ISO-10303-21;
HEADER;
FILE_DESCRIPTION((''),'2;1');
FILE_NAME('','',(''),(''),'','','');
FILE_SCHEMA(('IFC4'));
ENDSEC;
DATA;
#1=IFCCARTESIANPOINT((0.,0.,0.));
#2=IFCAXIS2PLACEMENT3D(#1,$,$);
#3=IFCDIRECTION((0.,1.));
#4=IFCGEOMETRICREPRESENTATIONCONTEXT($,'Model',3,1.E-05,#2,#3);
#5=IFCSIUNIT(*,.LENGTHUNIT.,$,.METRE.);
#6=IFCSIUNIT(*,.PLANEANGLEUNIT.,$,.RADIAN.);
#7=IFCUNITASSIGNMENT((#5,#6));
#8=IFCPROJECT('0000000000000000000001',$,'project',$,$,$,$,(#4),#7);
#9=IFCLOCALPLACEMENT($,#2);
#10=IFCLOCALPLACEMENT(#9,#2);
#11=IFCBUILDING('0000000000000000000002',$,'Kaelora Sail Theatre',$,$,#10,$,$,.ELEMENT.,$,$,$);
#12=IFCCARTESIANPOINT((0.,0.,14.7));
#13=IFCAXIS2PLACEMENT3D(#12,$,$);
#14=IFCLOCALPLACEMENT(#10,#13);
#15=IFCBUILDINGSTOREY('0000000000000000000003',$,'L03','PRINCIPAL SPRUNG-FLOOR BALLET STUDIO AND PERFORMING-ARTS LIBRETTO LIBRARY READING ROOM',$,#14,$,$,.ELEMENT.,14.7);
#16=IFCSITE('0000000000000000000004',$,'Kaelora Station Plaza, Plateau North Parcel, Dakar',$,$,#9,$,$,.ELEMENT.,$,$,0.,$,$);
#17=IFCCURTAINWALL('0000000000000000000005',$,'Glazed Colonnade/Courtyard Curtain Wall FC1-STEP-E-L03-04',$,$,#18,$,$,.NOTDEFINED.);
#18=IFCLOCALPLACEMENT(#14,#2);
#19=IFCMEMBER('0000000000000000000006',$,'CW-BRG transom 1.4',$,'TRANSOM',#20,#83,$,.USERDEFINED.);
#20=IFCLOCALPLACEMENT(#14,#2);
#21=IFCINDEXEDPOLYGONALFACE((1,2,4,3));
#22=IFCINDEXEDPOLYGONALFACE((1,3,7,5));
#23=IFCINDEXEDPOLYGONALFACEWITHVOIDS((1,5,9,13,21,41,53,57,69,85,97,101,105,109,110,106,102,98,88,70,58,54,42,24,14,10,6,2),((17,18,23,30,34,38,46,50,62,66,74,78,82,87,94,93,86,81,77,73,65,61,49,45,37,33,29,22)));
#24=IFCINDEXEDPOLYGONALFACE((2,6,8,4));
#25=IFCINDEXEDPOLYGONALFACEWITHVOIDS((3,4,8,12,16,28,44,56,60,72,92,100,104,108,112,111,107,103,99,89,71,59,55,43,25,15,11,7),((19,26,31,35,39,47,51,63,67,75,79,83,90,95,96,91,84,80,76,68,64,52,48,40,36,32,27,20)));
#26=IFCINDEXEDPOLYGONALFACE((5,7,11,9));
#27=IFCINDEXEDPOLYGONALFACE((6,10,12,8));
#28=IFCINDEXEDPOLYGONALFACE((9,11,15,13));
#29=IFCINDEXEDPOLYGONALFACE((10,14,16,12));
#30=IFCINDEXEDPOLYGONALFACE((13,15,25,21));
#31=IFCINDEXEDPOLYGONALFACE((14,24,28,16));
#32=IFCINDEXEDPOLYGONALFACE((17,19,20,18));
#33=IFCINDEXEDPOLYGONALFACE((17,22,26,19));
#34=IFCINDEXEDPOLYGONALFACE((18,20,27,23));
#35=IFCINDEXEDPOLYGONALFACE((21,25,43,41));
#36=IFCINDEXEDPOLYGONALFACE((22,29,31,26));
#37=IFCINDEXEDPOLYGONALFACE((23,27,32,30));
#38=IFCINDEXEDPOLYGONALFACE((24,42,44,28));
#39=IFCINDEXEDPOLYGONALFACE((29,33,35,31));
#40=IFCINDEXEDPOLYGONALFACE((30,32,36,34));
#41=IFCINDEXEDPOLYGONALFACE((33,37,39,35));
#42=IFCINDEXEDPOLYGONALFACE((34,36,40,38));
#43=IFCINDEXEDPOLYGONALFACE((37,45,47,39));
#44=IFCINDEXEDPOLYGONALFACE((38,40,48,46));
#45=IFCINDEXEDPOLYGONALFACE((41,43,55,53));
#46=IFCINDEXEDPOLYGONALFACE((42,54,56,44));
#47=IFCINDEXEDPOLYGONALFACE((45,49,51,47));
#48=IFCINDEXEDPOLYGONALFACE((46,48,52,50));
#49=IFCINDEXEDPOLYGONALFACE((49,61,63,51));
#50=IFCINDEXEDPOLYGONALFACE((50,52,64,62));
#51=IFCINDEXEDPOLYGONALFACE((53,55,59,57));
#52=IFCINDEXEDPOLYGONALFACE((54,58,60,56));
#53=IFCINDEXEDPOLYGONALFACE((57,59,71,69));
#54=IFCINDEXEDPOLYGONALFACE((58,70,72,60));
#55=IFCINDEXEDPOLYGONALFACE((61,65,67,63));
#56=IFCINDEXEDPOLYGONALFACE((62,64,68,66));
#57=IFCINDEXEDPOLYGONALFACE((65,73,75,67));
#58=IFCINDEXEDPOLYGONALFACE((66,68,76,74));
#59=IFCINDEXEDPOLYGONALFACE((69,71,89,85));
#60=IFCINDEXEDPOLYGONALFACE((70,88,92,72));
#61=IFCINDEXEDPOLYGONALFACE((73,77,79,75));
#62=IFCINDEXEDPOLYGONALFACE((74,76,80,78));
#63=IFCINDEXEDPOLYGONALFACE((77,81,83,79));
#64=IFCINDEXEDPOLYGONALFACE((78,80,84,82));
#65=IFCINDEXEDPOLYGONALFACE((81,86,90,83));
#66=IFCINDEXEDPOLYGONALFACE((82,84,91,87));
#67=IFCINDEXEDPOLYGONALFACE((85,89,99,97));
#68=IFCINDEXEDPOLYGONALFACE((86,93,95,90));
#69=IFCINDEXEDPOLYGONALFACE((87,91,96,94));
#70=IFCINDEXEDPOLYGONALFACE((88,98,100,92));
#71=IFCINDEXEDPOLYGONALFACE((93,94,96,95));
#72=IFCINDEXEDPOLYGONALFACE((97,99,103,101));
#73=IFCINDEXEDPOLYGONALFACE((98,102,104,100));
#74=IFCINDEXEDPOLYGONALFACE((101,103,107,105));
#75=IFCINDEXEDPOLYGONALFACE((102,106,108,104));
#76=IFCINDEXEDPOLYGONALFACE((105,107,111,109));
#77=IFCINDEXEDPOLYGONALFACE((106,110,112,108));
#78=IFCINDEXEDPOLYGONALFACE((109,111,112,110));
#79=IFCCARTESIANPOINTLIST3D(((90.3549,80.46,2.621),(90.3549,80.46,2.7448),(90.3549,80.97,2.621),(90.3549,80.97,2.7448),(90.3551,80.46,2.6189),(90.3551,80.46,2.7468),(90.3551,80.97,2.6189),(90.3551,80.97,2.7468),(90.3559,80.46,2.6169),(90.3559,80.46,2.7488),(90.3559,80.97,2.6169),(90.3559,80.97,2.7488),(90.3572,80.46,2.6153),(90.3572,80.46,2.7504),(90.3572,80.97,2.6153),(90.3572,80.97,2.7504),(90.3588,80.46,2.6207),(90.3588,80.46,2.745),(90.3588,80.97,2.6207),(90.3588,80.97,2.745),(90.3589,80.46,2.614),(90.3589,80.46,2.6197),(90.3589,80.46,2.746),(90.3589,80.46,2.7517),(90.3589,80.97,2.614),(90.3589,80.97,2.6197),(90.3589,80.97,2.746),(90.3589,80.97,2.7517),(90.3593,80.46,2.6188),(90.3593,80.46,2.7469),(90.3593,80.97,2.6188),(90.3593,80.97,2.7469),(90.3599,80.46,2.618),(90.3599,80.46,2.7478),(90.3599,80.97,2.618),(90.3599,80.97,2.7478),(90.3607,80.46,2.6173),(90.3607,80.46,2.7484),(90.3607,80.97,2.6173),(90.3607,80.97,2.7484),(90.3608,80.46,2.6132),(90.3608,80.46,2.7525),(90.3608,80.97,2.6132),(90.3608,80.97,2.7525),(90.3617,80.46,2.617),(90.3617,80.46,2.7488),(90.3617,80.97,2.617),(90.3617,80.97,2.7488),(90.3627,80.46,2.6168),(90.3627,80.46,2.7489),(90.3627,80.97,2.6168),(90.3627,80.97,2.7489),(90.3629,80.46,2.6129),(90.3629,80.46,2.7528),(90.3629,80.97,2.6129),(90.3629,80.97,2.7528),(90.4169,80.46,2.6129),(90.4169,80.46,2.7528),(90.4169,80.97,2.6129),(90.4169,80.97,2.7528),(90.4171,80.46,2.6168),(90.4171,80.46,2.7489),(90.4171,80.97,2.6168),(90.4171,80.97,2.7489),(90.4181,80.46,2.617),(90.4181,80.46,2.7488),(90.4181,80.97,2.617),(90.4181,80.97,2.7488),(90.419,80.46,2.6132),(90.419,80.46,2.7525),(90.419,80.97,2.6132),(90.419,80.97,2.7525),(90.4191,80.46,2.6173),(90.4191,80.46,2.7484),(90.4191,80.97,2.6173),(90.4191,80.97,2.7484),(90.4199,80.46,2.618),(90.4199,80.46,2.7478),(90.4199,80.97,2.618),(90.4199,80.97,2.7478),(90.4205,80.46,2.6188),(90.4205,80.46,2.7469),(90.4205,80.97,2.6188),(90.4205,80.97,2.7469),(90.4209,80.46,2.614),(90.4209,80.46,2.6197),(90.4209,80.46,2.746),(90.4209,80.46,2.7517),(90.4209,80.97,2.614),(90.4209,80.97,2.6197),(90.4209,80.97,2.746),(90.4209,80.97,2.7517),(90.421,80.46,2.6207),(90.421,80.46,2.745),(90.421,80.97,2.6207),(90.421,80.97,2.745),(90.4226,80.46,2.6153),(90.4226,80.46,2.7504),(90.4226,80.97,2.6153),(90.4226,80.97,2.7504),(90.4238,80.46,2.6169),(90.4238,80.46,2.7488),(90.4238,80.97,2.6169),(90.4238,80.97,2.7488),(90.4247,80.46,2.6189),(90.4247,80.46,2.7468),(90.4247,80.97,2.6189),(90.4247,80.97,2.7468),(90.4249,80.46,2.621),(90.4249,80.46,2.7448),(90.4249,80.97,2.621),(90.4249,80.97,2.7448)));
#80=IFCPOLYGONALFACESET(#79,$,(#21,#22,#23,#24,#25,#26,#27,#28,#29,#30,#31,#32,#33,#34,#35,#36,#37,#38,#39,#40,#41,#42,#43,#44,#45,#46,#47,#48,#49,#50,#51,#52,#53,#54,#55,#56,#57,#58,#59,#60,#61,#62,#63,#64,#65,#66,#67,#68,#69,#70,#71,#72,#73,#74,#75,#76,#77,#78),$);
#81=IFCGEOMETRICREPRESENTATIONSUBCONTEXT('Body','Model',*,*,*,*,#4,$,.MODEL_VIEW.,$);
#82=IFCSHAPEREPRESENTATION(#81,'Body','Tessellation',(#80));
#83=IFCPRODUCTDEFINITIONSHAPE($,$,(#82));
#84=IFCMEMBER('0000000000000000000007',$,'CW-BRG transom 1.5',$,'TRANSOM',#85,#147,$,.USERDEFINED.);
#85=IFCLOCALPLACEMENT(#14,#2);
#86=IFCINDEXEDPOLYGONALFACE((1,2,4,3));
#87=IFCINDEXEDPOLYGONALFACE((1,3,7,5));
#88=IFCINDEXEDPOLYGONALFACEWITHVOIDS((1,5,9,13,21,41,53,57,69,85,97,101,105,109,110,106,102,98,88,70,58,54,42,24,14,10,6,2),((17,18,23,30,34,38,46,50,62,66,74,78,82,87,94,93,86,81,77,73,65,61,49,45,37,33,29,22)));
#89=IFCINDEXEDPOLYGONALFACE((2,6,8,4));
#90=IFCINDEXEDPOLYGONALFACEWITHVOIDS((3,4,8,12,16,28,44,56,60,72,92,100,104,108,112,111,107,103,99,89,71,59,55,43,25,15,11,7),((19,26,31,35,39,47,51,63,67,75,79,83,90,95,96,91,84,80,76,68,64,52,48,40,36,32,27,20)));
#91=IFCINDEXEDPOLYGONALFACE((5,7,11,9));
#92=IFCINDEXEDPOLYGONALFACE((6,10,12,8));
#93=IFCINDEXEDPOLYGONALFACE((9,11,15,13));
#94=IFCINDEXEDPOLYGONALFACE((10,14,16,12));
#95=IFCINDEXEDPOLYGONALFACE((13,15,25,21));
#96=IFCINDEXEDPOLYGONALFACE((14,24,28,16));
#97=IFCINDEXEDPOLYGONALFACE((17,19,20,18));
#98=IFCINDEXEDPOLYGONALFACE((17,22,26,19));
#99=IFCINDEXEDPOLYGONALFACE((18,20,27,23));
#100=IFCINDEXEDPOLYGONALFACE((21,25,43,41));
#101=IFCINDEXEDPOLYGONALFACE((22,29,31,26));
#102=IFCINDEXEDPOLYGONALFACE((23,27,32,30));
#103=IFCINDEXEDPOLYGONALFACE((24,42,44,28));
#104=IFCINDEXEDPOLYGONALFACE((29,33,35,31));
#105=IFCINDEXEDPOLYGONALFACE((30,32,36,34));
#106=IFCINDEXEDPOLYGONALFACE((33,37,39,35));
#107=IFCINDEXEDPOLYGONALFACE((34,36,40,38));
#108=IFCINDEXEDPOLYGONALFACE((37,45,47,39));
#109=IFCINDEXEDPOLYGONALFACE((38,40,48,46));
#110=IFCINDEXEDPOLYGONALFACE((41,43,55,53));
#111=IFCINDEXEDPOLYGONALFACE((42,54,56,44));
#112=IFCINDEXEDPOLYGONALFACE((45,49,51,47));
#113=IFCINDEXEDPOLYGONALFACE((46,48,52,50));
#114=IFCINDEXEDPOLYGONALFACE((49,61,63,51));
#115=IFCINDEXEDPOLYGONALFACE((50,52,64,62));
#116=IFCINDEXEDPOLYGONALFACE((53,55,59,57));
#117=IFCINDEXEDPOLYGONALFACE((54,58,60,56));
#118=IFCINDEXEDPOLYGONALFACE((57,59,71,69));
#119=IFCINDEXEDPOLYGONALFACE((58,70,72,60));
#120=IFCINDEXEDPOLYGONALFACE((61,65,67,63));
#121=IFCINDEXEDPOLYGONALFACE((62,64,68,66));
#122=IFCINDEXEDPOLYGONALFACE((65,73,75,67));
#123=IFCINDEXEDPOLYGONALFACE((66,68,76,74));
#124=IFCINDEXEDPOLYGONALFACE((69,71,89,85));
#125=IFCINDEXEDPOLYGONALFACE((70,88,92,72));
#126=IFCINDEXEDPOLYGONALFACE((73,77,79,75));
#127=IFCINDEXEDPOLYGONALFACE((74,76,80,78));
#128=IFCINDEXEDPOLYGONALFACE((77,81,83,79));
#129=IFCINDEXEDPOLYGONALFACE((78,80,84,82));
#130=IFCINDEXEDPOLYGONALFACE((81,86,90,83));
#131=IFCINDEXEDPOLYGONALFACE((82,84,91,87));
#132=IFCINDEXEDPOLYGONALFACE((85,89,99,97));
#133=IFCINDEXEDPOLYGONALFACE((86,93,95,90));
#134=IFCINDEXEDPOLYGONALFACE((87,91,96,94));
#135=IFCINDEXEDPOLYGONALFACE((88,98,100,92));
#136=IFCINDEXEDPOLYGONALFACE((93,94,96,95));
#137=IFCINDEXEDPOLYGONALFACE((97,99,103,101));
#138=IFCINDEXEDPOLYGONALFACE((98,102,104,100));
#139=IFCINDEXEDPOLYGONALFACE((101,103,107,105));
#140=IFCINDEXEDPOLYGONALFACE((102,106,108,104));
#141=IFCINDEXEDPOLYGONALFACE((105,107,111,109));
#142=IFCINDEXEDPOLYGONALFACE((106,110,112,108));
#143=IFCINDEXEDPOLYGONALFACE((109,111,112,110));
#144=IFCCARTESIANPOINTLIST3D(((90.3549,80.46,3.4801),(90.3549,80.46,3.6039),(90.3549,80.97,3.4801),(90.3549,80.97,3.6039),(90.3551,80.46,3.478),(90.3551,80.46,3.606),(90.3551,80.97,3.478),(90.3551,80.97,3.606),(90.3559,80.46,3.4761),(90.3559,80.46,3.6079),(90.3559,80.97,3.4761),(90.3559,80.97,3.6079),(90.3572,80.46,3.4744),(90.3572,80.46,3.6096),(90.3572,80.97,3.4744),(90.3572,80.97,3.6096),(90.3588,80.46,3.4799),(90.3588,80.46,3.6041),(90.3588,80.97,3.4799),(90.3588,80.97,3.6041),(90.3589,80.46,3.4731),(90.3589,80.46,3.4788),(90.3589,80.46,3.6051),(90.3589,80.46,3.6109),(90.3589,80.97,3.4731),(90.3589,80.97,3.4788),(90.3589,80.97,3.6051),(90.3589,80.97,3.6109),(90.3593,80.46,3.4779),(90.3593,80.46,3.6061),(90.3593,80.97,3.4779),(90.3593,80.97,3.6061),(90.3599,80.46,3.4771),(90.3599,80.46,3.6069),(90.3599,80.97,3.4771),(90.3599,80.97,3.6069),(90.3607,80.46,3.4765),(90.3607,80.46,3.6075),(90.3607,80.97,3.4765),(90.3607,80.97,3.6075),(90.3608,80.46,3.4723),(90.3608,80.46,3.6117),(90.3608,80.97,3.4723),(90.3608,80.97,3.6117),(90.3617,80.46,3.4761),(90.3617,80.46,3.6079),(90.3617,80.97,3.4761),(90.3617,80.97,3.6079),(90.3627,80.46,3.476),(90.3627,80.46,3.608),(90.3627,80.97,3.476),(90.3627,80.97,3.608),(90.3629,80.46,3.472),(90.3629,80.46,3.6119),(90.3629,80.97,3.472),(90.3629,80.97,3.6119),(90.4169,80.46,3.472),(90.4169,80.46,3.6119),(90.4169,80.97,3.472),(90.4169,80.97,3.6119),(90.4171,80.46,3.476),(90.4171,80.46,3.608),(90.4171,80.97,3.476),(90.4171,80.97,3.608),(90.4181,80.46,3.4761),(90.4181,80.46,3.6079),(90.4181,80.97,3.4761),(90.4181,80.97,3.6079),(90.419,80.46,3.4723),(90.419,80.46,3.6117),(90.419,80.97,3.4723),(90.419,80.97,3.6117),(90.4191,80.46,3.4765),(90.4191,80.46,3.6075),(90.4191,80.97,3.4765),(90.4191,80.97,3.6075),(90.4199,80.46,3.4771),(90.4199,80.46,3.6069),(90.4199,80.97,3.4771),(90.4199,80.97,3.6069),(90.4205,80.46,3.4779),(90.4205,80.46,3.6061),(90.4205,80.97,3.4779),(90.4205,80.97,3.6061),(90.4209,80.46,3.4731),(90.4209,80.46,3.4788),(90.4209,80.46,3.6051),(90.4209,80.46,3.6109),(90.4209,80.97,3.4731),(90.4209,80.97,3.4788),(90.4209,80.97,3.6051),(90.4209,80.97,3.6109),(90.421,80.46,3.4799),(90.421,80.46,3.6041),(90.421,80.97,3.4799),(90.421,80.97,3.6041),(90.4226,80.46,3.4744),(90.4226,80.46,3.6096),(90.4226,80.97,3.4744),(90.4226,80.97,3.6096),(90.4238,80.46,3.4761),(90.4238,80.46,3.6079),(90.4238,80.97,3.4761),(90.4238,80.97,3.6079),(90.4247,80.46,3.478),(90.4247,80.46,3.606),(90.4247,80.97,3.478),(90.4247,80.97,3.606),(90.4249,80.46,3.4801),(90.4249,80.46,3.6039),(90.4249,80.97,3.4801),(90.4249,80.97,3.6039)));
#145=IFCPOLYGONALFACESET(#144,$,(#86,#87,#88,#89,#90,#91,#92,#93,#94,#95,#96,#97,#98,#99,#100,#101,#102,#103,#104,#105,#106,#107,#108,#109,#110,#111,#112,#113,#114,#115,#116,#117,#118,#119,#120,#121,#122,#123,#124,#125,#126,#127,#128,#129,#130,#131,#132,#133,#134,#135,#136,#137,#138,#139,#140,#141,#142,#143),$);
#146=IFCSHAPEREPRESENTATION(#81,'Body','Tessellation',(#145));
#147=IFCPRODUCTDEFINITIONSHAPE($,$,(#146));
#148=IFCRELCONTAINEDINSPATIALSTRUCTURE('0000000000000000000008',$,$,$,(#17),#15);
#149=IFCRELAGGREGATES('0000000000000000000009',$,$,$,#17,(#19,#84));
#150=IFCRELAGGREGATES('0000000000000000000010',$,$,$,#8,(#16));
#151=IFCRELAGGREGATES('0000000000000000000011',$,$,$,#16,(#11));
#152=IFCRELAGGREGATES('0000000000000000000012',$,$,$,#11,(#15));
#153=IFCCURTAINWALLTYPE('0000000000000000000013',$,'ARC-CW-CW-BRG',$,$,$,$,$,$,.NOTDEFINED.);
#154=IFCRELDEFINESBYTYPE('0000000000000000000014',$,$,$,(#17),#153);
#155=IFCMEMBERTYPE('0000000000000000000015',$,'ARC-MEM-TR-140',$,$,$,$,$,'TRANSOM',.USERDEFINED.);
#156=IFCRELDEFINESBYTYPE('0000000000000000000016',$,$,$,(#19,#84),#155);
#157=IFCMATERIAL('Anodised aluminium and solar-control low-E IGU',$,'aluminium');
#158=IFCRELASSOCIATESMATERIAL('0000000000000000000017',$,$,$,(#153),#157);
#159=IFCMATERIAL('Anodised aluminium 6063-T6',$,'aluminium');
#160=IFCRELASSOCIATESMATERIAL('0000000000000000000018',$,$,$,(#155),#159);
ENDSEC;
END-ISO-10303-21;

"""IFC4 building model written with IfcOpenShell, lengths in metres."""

from ifc_helpers import new_model, si_unit, direction, frame, origin, origin_2d, place, context, subcontext, project, spatial, hollow_rectangle, extrude, material, material_profile, profile_set, type_object, element, aggregate, save


model = new_model("IFC4")

# Units and contexts
model_context = context("Model", 3, precision=1e-05, world=origin(), true_north=direction((0.0, 1.0)))
body_context = subcontext(model_context, "Body", "Model", "MODEL_VIEW")
ifc_project = project(units=[si_unit("LENGTHUNIT", "METRE"), si_unit("PLANEANGLEUNIT", "RADIAN")], contexts=[model_context])

# Site, building, storey
site_placement = place(None, origin())
site = spatial("IfcSite", under=ifc_project, at=site_placement, Name="Kaelora Station Plaza, Plateau North Parcel, Dakar", CompositionType="ELEMENT", RefElevation=0.0)
building_placement = place(site_placement, origin())
building = spatial("IfcBuilding", under=site, at=building_placement, Name="Kaelora Sail Theatre", CompositionType="ELEMENT")
storey_placement = place(building_placement, frame((0.0, 0.0, 14.7)))
storey = spatial("IfcBuildingStorey", under=building, at=storey_placement, Name="L03", Description="PRINCIPAL SPRUNG-FLOOR BALLET STUDIO AND PERFORMING-ARTS LIBRETTO LIBRARY READING ROOM", CompositionType="ELEMENT", Elevation=14.7)

# Shared definitions
ifc_material_1 = material(Name="Anodised aluminium and solar-control low-E IGU", Category="aluminium")
curtain_wall_type = type_object("IfcCurtainWallType", Name="ARC-CW-CW-BRG", PredefinedType="NOTDEFINED", material=ifc_material_1)

# Curtain wall
curtain_wall_1_placement = place(storey_placement, origin())
curtain_wall_1 = element("IfcCurtainWall", 1, at=curtain_wall_1_placement, inside=storey, type_object=curtain_wall_type, Name="Glazed Colonnade/Courtyard Curtain Wall FC1-STEP-E-L03-04", PredefinedType="NOTDEFINED")

# Members
ifc_material_2 = material(Name="Anodised aluminium 6063-T6", Category="aluminium")
ifc_material_profile_1 = material_profile(ifc_material_2, hollow_rectangle(XDim=0.0701, YDim=0.1399, WallThickness=0.0039, InnerFilletRadius=0.0039, OuterFilletRadius=0.0081, at=origin_2d()), Name="ALU-TRAN 70x140x4")
ifc_profile_set_1 = profile_set([ifc_material_profile_1], Name="Anodised aluminium 6063-T6")
member_type_1 = type_object("IfcMemberType", Name="ARC-MEM-TR-140", ElementType="TRANSOM", PredefinedType="USERDEFINED", material=ifc_profile_set_1)
member_1_placement = place(storey_placement, frame((90.3899, 80.46, 2.6829), z_axis=(0.0, 1.0, 0.0), x_axis=(-1.0, 0.0, 0.0)))
member_1 = element("IfcMember", 2, at=member_1_placement, type_object=member_type_1, Name="CW-BRG transom 1.4", ObjectType="TRANSOM", PredefinedType="USERDEFINED", context=body_context, shape_type="SweptSolid", body=[
    extrude(hollow_rectangle(XDim=0.0701, YDim=0.1399, WallThickness=0.0039, InnerFilletRadius=0.0039, OuterFilletRadius=0.0081, at=origin_2d()), origin(), (0.0, 0.0, 1.0), 0.51),
])
member_2_placement = place(storey_placement, frame((90.3899, 80.46, 3.542), z_axis=(0.0, 1.0, 0.0), x_axis=(-1.0, 0.0, 0.0)))
member_2 = element("IfcMember", 3, at=member_2_placement, type_object=member_type_1, Name="CW-BRG transom 1.5", ObjectType="TRANSOM", PredefinedType="USERDEFINED", context=body_context, shape_type="SweptSolid", body=[
    extrude(hollow_rectangle(XDim=0.0701, YDim=0.1399, WallThickness=0.0039, InnerFilletRadius=0.0039, OuterFilletRadius=0.0081, at=origin_2d()), origin(), (0.0, 0.0, 1.0), 0.51),
])

aggregate(curtain_wall_1, [member_1, member_2])

save(model, "model.ifc")
